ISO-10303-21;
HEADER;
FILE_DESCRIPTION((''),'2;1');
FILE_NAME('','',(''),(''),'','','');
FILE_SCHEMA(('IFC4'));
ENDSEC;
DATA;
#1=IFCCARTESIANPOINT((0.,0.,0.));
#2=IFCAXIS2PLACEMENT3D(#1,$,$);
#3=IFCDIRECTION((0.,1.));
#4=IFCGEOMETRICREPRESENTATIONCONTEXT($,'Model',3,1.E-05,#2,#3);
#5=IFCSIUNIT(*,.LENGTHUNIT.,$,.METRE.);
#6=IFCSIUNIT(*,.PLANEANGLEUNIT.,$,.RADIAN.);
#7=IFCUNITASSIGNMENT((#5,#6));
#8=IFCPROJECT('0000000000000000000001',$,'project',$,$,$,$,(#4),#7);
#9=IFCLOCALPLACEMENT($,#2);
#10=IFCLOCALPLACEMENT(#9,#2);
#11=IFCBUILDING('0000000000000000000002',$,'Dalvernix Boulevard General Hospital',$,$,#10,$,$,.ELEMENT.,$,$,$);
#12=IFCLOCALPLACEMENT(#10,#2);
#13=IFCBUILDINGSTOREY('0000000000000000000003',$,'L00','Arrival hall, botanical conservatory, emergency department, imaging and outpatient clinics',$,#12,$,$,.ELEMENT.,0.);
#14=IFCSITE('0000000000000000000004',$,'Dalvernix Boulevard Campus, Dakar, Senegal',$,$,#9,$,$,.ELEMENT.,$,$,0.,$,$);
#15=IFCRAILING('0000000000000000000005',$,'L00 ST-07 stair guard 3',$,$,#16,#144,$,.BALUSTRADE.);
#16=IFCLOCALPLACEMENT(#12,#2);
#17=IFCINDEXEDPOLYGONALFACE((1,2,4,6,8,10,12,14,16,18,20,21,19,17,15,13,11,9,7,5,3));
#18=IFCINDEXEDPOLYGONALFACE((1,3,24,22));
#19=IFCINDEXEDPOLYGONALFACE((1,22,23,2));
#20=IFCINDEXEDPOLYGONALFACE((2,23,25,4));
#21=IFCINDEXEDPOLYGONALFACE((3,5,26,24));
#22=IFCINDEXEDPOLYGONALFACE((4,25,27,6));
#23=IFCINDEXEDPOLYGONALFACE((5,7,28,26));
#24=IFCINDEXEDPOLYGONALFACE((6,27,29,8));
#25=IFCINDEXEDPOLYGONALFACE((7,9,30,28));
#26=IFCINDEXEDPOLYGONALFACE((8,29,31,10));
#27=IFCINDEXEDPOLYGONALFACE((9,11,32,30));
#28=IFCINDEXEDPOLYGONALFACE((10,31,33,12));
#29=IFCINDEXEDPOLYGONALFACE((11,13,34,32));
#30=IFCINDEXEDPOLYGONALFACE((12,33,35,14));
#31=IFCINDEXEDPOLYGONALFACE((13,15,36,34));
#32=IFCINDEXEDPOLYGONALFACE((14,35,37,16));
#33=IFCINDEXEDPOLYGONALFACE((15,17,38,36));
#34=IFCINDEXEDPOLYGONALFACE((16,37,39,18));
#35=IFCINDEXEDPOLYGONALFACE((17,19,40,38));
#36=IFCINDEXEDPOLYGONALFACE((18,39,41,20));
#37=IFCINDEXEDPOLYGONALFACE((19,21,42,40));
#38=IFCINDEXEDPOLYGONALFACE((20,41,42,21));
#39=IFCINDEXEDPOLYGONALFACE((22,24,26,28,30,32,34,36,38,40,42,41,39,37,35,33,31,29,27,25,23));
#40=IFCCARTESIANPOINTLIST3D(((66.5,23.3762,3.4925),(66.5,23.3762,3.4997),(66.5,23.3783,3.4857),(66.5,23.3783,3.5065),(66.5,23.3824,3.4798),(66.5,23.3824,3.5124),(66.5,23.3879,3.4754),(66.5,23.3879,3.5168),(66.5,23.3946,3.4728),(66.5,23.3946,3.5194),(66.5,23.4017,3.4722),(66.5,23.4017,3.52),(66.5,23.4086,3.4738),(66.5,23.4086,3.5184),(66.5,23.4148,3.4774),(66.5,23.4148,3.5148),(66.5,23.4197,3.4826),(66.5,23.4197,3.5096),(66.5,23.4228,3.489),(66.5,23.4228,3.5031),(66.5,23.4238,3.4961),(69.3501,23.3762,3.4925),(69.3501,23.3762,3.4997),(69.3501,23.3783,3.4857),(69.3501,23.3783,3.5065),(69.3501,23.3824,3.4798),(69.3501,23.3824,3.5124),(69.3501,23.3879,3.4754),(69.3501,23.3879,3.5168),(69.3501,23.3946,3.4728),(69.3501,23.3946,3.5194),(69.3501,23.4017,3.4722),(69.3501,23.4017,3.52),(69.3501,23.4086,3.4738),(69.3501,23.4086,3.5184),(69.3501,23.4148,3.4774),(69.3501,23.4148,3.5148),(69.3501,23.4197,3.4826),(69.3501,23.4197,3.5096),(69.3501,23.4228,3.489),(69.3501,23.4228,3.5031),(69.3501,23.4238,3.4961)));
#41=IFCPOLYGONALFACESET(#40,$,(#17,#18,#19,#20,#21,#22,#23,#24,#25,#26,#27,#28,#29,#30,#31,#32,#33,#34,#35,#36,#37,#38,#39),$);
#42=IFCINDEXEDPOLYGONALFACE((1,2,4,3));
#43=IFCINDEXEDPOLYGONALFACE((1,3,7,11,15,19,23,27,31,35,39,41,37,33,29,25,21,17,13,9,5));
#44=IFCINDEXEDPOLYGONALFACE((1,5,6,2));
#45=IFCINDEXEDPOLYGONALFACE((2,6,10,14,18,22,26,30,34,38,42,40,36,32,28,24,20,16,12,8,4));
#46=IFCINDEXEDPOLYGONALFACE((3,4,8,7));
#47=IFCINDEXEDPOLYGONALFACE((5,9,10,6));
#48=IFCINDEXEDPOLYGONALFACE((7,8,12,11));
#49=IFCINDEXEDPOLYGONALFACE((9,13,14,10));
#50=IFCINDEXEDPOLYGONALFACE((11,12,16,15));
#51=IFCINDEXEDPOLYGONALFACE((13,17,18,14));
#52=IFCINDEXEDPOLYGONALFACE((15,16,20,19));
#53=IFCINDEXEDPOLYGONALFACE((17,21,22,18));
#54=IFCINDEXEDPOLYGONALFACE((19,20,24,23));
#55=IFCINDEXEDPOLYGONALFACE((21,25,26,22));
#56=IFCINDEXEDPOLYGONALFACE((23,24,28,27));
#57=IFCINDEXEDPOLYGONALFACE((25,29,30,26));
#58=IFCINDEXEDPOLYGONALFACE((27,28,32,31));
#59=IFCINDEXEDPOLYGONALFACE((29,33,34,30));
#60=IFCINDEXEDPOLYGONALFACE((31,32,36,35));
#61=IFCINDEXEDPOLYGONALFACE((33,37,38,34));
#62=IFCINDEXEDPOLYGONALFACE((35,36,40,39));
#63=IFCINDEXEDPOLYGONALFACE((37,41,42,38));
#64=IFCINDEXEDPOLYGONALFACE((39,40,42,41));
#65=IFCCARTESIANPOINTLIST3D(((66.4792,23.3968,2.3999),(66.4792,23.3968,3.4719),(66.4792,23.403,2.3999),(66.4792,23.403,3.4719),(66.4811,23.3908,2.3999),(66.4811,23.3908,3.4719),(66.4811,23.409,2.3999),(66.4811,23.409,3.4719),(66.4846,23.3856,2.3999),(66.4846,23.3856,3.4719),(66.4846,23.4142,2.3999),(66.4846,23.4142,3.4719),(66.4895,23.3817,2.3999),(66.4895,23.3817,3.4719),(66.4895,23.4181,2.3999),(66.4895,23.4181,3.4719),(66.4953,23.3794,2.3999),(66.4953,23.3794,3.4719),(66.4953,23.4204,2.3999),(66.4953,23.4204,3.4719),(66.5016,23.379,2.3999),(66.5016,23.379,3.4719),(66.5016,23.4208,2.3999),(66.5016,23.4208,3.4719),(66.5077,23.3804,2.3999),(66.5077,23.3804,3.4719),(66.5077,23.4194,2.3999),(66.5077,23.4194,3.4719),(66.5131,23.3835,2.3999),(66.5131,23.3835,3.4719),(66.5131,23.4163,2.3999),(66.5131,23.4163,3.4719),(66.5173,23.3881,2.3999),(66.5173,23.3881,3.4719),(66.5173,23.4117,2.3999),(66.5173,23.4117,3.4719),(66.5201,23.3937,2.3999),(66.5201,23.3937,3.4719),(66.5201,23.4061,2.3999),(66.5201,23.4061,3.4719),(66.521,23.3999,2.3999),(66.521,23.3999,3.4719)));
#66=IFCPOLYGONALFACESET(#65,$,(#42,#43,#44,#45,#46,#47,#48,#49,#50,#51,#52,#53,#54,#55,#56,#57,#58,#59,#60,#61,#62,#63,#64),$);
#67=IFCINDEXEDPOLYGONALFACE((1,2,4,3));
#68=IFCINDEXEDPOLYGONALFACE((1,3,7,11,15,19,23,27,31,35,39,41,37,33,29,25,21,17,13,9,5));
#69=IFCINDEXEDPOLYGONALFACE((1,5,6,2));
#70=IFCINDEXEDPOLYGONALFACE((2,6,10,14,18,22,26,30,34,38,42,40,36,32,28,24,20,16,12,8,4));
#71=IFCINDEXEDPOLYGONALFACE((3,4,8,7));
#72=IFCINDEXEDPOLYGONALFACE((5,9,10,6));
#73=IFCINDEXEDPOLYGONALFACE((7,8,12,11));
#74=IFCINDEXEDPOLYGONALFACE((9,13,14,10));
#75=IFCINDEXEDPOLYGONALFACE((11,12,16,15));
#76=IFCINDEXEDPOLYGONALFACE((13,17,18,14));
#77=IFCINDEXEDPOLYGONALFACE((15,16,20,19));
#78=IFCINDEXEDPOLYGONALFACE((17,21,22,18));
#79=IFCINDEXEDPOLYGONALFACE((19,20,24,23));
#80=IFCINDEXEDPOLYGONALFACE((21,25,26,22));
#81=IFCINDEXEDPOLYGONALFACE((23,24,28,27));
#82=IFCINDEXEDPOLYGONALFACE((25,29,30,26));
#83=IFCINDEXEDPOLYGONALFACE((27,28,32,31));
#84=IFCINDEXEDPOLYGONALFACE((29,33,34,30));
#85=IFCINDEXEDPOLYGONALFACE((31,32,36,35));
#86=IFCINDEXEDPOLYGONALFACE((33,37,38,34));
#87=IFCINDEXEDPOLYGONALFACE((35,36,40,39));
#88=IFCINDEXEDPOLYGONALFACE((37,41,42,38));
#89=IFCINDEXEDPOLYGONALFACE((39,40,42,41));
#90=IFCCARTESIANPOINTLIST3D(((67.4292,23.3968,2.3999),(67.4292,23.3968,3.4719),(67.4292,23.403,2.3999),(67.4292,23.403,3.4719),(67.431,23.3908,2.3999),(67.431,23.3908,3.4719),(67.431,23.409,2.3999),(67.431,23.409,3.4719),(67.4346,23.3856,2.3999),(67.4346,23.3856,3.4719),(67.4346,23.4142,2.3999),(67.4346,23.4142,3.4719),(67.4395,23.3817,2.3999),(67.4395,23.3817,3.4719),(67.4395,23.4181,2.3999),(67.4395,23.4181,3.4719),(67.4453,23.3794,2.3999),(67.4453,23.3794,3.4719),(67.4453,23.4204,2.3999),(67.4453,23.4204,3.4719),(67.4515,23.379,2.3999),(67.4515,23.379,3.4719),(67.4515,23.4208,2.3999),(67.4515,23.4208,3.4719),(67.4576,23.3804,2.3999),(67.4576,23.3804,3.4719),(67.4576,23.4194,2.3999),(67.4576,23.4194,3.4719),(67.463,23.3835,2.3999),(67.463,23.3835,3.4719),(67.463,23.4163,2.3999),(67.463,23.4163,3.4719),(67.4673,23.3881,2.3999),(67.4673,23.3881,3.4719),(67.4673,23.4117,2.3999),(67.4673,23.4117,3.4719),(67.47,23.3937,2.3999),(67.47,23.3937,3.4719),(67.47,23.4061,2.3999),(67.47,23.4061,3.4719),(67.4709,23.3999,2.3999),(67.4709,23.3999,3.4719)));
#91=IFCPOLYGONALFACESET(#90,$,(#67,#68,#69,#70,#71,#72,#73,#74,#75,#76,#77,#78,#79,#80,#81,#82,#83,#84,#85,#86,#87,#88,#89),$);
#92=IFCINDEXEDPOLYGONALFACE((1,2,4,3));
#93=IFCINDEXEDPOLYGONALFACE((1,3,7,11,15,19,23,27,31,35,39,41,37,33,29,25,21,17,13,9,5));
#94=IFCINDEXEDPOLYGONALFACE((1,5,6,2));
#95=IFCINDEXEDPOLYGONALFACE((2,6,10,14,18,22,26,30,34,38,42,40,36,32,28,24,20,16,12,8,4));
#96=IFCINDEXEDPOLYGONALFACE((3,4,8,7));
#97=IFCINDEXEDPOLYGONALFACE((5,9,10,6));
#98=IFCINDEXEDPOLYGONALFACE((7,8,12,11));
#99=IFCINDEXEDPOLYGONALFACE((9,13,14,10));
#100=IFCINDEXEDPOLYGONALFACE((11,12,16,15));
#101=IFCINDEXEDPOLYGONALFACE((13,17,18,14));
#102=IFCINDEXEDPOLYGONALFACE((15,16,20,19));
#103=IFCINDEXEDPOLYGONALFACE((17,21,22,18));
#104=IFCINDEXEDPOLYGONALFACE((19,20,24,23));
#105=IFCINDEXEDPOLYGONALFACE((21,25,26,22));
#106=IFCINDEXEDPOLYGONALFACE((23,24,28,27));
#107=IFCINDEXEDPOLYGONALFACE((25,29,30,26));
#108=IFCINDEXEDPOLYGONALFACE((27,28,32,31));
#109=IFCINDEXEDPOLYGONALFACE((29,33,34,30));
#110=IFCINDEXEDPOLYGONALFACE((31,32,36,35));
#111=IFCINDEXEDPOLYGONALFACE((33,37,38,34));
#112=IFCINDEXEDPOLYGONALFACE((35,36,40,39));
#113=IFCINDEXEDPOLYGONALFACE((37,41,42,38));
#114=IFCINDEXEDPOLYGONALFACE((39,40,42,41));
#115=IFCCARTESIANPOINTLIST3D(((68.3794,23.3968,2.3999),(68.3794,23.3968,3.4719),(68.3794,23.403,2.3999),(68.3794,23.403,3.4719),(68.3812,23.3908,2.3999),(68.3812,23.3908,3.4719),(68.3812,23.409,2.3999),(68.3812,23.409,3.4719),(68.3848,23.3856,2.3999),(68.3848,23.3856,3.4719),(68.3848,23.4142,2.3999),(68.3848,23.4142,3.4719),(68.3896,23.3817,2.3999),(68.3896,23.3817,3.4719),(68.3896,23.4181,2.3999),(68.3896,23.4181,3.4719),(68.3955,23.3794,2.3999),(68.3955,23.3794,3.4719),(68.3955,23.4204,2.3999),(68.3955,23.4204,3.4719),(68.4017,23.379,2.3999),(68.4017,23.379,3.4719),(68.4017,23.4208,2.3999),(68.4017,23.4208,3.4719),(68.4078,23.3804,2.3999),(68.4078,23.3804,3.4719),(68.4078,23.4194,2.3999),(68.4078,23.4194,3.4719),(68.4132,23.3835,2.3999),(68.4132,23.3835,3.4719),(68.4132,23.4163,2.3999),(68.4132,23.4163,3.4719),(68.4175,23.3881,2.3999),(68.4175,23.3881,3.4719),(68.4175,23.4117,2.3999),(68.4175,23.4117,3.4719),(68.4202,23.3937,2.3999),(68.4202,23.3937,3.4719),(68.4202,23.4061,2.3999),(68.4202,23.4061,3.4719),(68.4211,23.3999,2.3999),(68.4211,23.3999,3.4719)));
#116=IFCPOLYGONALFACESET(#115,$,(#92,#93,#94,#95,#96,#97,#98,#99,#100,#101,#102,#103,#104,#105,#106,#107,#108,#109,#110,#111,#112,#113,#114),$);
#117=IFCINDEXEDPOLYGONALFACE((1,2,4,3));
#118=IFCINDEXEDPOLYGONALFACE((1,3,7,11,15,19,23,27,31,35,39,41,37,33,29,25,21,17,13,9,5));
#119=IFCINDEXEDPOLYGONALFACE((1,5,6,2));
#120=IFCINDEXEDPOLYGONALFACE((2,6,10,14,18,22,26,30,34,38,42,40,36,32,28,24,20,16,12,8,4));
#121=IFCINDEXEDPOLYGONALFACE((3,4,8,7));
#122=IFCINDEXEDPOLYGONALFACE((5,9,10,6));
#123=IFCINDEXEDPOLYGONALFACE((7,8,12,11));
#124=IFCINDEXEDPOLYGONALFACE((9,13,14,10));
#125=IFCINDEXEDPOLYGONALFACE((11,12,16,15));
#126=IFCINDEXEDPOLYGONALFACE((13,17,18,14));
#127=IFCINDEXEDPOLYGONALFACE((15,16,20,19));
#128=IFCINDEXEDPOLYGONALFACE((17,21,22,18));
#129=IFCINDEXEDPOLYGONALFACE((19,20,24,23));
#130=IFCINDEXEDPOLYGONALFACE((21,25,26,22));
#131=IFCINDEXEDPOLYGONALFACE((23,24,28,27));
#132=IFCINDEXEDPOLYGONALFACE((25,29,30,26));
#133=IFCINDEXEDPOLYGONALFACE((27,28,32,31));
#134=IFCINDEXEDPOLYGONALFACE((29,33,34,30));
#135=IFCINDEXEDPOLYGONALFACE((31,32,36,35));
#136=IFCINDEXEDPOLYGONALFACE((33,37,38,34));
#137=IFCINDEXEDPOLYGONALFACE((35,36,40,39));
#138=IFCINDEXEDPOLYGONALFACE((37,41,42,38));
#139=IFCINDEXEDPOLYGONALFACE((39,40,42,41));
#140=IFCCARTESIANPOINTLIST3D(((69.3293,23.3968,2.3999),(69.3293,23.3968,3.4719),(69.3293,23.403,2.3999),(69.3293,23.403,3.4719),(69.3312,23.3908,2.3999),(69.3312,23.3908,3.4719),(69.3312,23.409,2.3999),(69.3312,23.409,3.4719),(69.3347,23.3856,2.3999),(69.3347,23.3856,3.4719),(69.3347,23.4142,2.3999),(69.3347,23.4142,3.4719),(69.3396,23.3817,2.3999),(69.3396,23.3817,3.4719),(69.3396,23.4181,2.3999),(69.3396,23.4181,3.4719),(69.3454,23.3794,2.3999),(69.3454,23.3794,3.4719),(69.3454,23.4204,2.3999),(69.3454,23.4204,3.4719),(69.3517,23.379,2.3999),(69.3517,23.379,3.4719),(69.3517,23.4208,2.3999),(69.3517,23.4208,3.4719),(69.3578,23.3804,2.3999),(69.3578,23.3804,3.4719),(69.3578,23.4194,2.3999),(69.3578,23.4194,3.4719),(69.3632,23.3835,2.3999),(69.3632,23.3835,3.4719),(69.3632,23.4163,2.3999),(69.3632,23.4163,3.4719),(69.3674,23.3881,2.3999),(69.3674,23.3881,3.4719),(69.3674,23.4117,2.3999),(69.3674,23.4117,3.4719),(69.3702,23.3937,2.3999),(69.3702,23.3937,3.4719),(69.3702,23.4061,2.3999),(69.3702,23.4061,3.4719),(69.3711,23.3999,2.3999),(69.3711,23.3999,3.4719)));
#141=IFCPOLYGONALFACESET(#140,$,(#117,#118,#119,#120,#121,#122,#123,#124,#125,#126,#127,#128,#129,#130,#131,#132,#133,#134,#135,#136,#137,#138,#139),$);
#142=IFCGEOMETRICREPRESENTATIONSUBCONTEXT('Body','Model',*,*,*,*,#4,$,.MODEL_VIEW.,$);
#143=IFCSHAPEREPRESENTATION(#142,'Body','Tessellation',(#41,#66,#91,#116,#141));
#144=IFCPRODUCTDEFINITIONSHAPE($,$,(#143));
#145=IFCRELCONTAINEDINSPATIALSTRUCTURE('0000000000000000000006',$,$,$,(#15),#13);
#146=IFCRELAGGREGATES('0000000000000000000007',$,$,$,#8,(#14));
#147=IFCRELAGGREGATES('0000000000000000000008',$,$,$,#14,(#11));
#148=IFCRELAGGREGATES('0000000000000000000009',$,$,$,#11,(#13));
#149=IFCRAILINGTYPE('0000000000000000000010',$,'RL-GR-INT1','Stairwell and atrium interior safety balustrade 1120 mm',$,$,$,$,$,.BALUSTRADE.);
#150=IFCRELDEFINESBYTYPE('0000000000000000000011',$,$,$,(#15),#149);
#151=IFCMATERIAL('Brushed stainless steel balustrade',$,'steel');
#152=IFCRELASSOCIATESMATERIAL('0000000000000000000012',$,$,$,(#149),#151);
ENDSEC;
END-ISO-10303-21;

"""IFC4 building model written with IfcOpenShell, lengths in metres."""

from ifc_helpers import new_model, si_unit, direction, frame, origin, origin_2d, place, context, subcontext, project, spatial, circle, extrude, material, type_object, element, save


model = new_model("IFC4")

# Units and contexts
model_context = context("Model", 3, precision=1e-05, world=origin(), true_north=direction((0.0, 1.0)))
body_context = subcontext(model_context, "Body", "Model", "MODEL_VIEW")
ifc_project = project(units=[si_unit("LENGTHUNIT", "METRE"), si_unit("PLANEANGLEUNIT", "RADIAN")], contexts=[model_context])

# Site, building, storey
site_placement = place(None, origin())
site = spatial("IfcSite", under=ifc_project, at=site_placement, Name="Dalvernix Boulevard Campus, Dakar, Senegal", CompositionType="ELEMENT", RefElevation=0.0)
building_placement = place(site_placement, origin())
building = spatial("IfcBuilding", under=site, at=building_placement, Name="Dalvernix Boulevard General Hospital", CompositionType="ELEMENT")
storey_placement = place(building_placement, origin())
storey = spatial("IfcBuildingStorey", under=building, at=storey_placement, Name="L00", Description="Arrival hall, botanical conservatory, emergency department, imaging and outpatient clinics", CompositionType="ELEMENT", Elevation=0.0)

# Railing
ifc_material_1 = material(Name="Brushed stainless steel balustrade", Category="steel")
railing_type_1 = type_object("IfcRailingType", Name="RL-GR-INT1", Description="Stairwell and atrium interior safety balustrade 1120 mm", PredefinedType="BALUSTRADE", material=ifc_material_1)
for number, where, name in (
    (1, (66.5, 23.3999, 2.3999), "L00 ST-07 stair guard 3"),
):
    element("IfcRailing", number, at=place(storey_placement, frame(where)), inside=storey, type_object=railing_type_1, Name=name, PredefinedType="BALUSTRADE", context=body_context, shape_type="SweptSolid", body=[
        extrude(circle(Radius=0.0239, at=origin_2d()), frame((0.0, 0.0, 1.0962), z_axis=(1.0, 0.0, 0.0), x_axis=(0.0, 1.0, 0.0)), (0.0, 0.0, 1.0), 2.8501),
        extrude(circle(Radius=0.021, at=origin_2d()), origin(), (0.0, 0.0, 1.0), 1.072),
        extrude(circle(Radius=0.021, at=origin_2d()), frame((0.95, 0.0, 0.0)), (0.0, 0.0, 1.0), 1.072),
        extrude(circle(Radius=0.021, at=origin_2d()), frame((1.9001, 0.0, 0.0)), (0.0, 0.0, 1.0), 1.072),
        extrude(circle(Radius=0.021, at=origin_2d()), frame((2.8501, 0.0, 0.0)), (0.0, 0.0, 1.0), 1.072),
    ])

save(model, "model.ifc")
